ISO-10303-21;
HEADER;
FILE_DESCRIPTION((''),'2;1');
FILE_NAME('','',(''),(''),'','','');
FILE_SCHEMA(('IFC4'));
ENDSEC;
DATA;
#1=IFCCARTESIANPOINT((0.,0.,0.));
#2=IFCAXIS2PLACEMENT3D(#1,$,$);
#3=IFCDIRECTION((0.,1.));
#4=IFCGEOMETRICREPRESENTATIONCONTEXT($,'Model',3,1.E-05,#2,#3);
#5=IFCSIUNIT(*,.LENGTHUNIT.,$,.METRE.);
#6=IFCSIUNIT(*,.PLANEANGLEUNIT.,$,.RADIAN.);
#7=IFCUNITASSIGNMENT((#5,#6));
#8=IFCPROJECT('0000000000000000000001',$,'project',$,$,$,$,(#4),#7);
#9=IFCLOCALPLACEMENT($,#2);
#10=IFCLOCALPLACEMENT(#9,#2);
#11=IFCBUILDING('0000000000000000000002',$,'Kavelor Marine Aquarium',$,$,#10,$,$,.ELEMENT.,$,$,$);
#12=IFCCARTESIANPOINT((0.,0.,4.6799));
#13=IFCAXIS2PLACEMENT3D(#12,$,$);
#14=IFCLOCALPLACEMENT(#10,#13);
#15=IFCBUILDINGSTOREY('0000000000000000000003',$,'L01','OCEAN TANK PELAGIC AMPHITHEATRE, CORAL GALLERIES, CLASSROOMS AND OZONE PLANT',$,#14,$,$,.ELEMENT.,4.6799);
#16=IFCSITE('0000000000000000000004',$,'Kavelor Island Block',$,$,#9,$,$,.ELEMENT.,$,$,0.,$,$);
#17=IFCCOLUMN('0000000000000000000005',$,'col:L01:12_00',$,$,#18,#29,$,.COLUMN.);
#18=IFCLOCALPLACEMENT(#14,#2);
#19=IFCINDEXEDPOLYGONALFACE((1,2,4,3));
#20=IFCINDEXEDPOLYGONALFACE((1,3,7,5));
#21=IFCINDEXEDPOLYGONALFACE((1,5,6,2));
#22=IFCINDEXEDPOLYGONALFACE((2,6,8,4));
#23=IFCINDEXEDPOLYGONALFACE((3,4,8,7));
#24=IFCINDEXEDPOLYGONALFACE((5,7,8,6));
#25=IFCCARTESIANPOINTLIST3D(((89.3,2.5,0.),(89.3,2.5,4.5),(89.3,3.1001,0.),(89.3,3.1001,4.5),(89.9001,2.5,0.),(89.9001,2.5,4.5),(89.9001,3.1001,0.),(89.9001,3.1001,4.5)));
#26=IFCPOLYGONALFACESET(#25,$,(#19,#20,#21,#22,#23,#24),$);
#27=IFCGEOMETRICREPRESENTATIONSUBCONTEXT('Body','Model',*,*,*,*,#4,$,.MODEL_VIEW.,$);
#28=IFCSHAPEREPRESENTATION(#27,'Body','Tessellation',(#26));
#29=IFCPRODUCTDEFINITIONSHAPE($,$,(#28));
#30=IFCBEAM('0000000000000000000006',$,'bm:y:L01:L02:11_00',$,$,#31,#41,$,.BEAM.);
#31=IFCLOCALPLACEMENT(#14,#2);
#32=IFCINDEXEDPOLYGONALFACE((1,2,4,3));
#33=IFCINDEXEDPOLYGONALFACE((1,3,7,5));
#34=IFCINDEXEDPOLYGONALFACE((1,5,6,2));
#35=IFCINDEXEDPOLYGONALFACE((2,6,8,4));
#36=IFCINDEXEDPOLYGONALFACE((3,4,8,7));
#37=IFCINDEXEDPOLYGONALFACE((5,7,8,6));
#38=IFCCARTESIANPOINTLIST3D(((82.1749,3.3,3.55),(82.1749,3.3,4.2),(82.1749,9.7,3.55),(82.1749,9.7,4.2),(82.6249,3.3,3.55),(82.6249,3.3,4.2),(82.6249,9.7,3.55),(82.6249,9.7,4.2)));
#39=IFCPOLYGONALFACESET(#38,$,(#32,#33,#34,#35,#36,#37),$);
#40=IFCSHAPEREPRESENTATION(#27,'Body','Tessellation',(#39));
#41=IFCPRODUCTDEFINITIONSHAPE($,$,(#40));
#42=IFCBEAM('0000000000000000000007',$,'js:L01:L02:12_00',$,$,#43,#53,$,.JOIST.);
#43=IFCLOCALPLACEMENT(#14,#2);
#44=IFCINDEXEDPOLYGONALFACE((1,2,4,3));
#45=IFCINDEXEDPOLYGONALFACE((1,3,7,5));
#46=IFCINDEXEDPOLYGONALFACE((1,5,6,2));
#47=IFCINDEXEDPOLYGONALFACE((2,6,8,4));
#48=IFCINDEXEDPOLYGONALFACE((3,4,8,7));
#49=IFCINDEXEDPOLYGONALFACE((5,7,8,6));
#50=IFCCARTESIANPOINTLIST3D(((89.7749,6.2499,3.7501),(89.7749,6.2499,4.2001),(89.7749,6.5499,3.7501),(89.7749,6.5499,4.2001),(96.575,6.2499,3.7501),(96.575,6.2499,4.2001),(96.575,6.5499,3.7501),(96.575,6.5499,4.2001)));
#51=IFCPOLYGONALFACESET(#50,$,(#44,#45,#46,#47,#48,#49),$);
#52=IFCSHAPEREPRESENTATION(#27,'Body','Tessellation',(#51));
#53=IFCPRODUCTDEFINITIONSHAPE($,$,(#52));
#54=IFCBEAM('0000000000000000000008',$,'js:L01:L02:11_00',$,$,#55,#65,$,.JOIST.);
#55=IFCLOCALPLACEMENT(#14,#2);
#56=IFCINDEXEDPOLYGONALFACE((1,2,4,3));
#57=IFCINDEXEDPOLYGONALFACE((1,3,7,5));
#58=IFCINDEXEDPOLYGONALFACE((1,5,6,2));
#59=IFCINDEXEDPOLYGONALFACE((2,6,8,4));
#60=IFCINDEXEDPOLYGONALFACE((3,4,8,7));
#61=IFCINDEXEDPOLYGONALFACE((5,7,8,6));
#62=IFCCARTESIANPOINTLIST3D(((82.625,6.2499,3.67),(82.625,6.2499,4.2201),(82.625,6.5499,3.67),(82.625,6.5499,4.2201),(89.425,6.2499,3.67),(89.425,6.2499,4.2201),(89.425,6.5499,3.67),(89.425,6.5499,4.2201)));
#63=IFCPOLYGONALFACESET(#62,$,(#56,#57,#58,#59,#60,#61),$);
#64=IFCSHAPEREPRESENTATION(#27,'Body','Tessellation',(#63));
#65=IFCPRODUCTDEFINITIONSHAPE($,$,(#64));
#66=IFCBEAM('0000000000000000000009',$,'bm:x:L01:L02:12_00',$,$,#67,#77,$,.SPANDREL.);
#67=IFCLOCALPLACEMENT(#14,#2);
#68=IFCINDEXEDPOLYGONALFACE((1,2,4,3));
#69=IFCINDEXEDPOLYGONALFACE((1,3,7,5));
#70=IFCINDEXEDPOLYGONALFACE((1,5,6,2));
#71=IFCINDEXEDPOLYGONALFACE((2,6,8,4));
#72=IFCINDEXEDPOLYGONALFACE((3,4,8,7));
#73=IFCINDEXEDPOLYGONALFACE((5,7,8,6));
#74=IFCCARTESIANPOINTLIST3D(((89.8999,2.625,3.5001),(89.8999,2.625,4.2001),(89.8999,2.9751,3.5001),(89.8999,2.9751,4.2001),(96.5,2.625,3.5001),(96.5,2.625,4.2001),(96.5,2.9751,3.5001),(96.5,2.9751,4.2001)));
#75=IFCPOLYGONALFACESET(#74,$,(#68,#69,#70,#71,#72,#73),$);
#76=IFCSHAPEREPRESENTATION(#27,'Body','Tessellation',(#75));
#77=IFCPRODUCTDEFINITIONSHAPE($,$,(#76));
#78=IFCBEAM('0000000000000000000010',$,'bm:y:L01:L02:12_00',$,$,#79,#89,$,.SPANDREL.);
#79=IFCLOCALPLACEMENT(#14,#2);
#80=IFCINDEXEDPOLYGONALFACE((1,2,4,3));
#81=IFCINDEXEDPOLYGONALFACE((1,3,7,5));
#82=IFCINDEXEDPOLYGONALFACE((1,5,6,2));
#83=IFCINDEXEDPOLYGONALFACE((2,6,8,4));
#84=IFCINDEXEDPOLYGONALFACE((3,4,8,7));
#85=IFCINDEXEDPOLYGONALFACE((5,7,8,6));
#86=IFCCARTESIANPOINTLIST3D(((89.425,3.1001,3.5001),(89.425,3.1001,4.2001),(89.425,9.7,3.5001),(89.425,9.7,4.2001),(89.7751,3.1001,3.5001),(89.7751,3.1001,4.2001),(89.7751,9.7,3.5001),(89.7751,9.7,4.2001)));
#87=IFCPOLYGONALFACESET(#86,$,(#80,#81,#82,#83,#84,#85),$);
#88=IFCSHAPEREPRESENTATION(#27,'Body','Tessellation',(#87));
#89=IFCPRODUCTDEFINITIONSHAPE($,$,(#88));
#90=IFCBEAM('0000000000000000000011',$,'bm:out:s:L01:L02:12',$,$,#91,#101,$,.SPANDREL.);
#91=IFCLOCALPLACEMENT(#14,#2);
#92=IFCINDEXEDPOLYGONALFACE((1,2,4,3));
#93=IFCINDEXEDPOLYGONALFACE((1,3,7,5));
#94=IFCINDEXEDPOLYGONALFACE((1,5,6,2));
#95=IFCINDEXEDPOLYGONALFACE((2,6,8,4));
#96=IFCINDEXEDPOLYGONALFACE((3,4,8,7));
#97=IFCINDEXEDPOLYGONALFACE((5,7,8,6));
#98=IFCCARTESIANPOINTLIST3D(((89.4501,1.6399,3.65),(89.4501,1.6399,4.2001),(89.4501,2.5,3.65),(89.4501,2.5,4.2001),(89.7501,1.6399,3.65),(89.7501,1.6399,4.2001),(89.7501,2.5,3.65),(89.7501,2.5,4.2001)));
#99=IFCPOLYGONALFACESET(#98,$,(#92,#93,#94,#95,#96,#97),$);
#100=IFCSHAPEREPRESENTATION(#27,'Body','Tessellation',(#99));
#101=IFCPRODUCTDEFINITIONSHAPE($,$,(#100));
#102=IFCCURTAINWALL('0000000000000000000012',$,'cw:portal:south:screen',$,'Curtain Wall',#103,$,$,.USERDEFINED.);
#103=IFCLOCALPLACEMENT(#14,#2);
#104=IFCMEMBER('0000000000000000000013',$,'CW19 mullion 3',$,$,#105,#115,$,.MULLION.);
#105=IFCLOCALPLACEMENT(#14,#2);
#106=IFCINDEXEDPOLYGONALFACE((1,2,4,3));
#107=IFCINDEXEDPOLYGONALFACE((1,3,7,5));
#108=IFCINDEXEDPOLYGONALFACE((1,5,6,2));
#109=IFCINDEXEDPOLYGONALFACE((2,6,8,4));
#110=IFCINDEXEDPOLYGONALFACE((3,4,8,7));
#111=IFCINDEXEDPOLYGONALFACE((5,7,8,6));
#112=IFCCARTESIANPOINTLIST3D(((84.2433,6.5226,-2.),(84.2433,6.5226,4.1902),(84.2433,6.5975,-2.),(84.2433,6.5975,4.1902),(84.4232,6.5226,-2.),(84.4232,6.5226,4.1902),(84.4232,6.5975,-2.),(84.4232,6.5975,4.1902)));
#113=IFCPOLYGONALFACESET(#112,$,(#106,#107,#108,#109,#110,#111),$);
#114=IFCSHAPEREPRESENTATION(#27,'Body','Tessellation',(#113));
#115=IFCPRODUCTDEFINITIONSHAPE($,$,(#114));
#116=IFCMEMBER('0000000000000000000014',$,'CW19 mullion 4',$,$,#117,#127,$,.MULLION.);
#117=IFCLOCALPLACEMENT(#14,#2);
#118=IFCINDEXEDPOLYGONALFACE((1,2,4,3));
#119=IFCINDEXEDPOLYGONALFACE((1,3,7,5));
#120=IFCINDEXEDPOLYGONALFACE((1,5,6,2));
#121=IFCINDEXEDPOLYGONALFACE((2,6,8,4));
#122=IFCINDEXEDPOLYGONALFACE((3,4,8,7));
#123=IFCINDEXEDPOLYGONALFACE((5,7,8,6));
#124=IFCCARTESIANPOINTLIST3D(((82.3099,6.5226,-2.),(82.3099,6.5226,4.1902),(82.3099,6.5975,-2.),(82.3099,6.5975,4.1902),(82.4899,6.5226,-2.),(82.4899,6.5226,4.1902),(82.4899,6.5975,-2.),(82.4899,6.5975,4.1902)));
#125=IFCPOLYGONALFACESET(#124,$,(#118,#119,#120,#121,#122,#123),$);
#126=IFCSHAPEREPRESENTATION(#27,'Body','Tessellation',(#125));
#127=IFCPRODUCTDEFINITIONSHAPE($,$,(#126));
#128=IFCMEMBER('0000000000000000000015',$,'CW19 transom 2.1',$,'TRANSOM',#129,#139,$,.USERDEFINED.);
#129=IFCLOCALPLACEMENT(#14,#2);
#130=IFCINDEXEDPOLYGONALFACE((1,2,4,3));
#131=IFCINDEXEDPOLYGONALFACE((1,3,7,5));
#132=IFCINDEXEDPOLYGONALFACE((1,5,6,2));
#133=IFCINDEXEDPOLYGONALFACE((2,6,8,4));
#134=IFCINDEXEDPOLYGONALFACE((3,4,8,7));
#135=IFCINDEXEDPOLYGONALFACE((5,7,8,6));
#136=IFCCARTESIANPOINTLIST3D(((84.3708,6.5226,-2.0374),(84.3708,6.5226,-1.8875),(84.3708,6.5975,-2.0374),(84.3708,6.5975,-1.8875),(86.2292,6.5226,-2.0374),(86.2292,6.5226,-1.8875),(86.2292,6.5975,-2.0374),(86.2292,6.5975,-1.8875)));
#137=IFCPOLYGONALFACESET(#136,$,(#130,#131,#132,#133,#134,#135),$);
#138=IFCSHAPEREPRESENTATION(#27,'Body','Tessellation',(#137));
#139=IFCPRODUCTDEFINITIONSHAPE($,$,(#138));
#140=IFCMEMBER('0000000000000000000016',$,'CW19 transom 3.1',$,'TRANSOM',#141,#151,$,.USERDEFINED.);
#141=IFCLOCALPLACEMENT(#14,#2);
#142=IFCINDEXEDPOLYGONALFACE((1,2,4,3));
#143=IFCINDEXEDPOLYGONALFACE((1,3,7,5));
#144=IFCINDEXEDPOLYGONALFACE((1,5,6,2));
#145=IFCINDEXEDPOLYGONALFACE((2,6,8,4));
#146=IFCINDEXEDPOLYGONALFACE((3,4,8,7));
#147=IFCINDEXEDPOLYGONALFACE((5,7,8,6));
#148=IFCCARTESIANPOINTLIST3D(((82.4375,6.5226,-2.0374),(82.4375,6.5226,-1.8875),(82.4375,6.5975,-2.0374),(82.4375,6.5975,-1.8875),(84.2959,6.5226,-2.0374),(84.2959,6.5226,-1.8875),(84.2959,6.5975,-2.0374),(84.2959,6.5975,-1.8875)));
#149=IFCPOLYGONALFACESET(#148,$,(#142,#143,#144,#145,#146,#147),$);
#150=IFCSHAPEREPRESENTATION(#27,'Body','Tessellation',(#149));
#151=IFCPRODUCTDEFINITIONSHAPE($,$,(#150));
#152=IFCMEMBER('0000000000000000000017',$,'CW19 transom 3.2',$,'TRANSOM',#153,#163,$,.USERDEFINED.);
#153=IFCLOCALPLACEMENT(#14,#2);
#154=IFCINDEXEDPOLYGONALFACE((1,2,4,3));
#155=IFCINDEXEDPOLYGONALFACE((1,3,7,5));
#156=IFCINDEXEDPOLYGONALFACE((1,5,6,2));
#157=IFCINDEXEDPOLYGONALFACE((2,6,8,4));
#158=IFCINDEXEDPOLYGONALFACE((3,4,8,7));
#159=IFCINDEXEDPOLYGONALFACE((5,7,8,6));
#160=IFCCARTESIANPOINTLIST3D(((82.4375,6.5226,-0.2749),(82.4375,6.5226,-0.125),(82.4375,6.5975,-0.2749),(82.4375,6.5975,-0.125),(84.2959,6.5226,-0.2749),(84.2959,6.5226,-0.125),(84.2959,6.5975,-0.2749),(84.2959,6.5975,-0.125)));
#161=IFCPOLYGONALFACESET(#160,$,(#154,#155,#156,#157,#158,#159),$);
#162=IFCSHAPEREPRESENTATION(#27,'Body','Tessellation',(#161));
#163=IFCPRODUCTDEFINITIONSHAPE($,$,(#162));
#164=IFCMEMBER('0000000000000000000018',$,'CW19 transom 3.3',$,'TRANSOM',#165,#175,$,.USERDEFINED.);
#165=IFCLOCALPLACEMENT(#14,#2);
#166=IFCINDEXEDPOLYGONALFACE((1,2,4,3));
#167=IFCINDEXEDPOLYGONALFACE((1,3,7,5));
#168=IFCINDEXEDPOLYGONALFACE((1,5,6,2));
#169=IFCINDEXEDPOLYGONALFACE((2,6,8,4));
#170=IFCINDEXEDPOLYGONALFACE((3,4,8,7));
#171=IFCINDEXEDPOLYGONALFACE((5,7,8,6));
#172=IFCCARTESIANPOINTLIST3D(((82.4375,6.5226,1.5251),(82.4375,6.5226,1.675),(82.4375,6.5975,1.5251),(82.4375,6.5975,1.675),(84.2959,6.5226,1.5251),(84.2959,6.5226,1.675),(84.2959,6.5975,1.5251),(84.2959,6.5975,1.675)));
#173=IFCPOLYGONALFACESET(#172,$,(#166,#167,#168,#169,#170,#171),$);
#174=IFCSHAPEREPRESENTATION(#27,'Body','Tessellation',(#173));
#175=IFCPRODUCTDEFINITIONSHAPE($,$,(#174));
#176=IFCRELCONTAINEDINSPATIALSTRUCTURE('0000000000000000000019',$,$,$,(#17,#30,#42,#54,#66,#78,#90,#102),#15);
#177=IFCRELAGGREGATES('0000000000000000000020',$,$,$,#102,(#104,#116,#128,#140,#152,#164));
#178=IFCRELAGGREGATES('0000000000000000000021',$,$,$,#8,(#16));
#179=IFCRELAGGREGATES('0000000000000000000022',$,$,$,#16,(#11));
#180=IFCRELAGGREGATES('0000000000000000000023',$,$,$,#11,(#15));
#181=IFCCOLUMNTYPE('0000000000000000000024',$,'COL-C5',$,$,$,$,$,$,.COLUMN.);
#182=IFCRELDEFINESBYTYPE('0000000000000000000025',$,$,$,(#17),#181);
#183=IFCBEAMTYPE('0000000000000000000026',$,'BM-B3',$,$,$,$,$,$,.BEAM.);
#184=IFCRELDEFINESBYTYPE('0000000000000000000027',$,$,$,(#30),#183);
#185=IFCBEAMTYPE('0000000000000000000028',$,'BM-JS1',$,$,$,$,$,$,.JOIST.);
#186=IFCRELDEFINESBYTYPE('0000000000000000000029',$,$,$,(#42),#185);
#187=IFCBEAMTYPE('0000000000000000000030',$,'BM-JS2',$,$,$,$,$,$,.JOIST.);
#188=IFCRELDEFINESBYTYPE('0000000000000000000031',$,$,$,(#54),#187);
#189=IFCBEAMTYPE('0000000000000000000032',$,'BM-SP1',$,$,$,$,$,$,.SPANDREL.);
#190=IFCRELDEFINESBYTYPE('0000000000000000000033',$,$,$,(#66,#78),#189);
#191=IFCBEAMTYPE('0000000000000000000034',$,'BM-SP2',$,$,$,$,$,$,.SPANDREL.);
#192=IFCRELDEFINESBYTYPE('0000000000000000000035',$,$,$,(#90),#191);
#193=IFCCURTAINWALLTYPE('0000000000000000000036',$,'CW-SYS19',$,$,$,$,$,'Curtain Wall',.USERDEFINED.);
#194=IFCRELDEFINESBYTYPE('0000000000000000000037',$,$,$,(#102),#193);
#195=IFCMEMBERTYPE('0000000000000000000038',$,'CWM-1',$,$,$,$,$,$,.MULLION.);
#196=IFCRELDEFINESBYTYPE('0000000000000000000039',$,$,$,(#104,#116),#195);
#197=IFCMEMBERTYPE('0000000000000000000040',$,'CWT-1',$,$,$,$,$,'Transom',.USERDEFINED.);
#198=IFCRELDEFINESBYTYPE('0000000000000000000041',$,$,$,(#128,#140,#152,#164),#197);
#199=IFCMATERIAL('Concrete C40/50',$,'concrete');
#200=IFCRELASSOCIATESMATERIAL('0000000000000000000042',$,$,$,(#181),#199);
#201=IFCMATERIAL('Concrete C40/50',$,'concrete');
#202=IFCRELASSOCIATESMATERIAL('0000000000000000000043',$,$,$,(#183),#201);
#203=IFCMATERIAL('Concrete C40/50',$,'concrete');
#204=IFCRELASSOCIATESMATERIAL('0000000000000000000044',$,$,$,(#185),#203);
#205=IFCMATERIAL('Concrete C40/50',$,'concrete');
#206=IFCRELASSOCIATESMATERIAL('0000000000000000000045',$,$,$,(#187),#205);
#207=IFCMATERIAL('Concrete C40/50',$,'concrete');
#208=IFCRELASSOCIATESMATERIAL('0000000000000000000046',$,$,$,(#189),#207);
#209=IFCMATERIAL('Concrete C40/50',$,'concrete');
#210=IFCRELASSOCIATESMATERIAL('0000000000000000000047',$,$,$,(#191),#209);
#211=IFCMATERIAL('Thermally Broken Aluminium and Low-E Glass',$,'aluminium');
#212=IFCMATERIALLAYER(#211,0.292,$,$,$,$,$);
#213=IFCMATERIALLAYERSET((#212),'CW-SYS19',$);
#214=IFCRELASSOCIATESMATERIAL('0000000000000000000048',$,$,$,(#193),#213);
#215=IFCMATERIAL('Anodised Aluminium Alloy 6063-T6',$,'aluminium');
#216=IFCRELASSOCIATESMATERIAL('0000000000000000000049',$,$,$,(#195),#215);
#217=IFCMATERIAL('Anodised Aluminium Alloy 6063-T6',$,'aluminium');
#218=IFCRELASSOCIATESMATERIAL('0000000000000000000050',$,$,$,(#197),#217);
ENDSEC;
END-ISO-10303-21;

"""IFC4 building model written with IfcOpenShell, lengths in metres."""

from ifc_helpers import new_model, si_unit, direction, frame, origin, origin_2d, place, context, subcontext, project, spatial, rectangle, extrude, material, layer, layer_set, material_profile, profile_set, type_object, element, aggregate, save


model = new_model("IFC4")

# Units and contexts
model_context = context("Model", 3, precision=1e-05, world=origin(), true_north=direction((0.0, 1.0)))
body_context = subcontext(model_context, "Body", "Model", "MODEL_VIEW")
ifc_project = project(units=[si_unit("LENGTHUNIT", "METRE"), si_unit("PLANEANGLEUNIT", "RADIAN")], contexts=[model_context])

# Site, building, storey
site_placement = place(None, origin())
site = spatial("IfcSite", under=ifc_project, at=site_placement, Name="Kavelor Island Block", CompositionType="ELEMENT", RefElevation=0.0)
building_placement = place(site_placement, origin())
building = spatial("IfcBuilding", under=site, at=building_placement, Name="Kavelor Marine Aquarium", CompositionType="ELEMENT")
storey_placement = place(building_placement, frame((0.0, 0.0, 4.6799)))
storey = spatial("IfcBuildingStorey", under=building, at=storey_placement, Name="L01", Description="OCEAN TANK PELAGIC AMPHITHEATRE, CORAL GALLERIES, CLASSROOMS AND OZONE PLANT", CompositionType="ELEMENT", Elevation=4.6799)

# Column
ifc_material_1 = material(Name="Concrete C40/50", Category="concrete")
ifc_material_profile_1 = material_profile(ifc_material_1, rectangle(XDim=0.6001, YDim=0.6001, at=origin_2d()), Name="RC-COL 600x600")
ifc_profile_set_1 = profile_set([ifc_material_profile_1], Name="Concrete C40/50")
column_type = type_object("IfcColumnType", Name="COL-C5", PredefinedType="COLUMN", material=ifc_profile_set_1)
column_placement = place(storey_placement, frame((89.6001, 2.8, 0.0), z_axis=(0.0, 0.0, 1.0), x_axis=(1.0, 0.0, 0.0)))
element("IfcColumn", 1, at=column_placement, inside=storey, type_object=column_type, Name="col:L01:12_00", PredefinedType="COLUMN", context=body_context, shape_type="SweptSolid", body=[
    extrude(rectangle(XDim=0.6001, YDim=0.6001, at=origin_2d()), origin(), (0.0, 0.0, 1.0), 4.5),
])

# Beams
ifc_material_2 = material(Name="Concrete C40/50", Category="concrete")
ifc_material_profile_2 = material_profile(ifc_material_2, rectangle(XDim=0.45, YDim=0.6499, at=origin_2d()), Name="RC-BM 450x650")
ifc_profile_set_2 = profile_set([ifc_material_profile_2], Name="Concrete C40/50")
beam_type_1 = type_object("IfcBeamType", Name="BM-B3", PredefinedType="BEAM", material=ifc_profile_set_2)
beam_1_placement = place(storey_placement, frame((82.3999, 3.3, 3.875), z_axis=(0.0, 1.0, 0.0), x_axis=(-1.0, 0.0, 0.0)))
element("IfcBeam", 2, at=beam_1_placement, inside=storey, type_object=beam_type_1, Name="bm:y:L01:L02:11_00", PredefinedType="BEAM", context=body_context, shape_type="SweptSolid", body=[
    extrude(rectangle(XDim=0.45, YDim=0.6499, at=origin_2d()), origin(), (0.0, 0.0, 1.0), 6.3999),
])
ifc_material_3 = material(Name="Concrete C40/50", Category="concrete")
ifc_material_profile_3 = material_profile(ifc_material_3, rectangle(XDim=0.3, YDim=0.45, at=origin_2d()), Name="RC-JS 300x450")
ifc_profile_set_3 = profile_set([ifc_material_profile_3], Name="Concrete C40/50")
beam_type_2 = type_object("IfcBeamType", Name="BM-JS1", PredefinedType="JOIST", material=ifc_profile_set_3)
beam_2_placement = place(storey_placement, frame((89.7749, 6.3999, 3.9751), z_axis=(1.0, 0.0, 0.0), x_axis=(0.0, 1.0, 0.0)))
element("IfcBeam", 3, at=beam_2_placement, inside=storey, type_object=beam_type_2, Name="js:L01:L02:12_00", PredefinedType="JOIST", context=body_context, shape_type="SweptSolid", body=[
    extrude(rectangle(XDim=0.3, YDim=0.45, at=origin_2d()), origin(), (0.0, 0.0, 1.0), 6.8),
])
ifc_material_4 = material(Name="Concrete C40/50", Category="concrete")
ifc_material_profile_4 = material_profile(ifc_material_4, rectangle(XDim=0.3, YDim=0.55, at=origin_2d()), Name="RC-JS 300x550")
ifc_profile_set_4 = profile_set([ifc_material_profile_4], Name="Concrete C40/50")
beam_type_3 = type_object("IfcBeamType", Name="BM-JS2", PredefinedType="JOIST", material=ifc_profile_set_4)
beam_3_placement = place(storey_placement, frame((82.625, 6.3999, 3.9451), z_axis=(1.0, 0.0, 0.0), x_axis=(0.0, 1.0, 0.0)))
element("IfcBeam", 4, at=beam_3_placement, inside=storey, type_object=beam_type_3, Name="js:L01:L02:11_00", PredefinedType="JOIST", context=body_context, shape_type="SweptSolid", body=[
    extrude(rectangle(XDim=0.3, YDim=0.55, at=origin_2d()), origin(), (0.0, 0.0, 1.0), 6.8),
])
ifc_material_5 = material(Name="Concrete C40/50", Category="concrete")
ifc_material_profile_5 = material_profile(ifc_material_5, rectangle(XDim=0.3501, YDim=0.7, at=origin_2d()), Name="RC-SP 350x700")
ifc_profile_set_5 = profile_set([ifc_material_profile_5], Name="Concrete C40/50")
beam_type_4 = type_object("IfcBeamType", Name="BM-SP1", PredefinedType="SPANDREL", material=ifc_profile_set_5)
beam_4_placement = place(storey_placement, frame((89.8999, 2.8, 3.8501), z_axis=(1.0, 0.0, 0.0), x_axis=(0.0, 1.0, 0.0)))
element("IfcBeam", 5, at=beam_4_placement, inside=storey, type_object=beam_type_4, Name="bm:x:L01:L02:12_00", PredefinedType="SPANDREL", context=body_context, shape_type="SweptSolid", body=[
    extrude(rectangle(XDim=0.3501, YDim=0.7, at=origin_2d()), origin(), (0.0, 0.0, 1.0), 6.6001),
])
beam_5_placement = place(storey_placement, frame((89.6001, 3.1001, 3.8501), z_axis=(0.0, 1.0, 0.0), x_axis=(-1.0, 0.0, 0.0)))
element("IfcBeam", 6, at=beam_5_placement, inside=storey, type_object=beam_type_4, Name="bm:y:L01:L02:12_00", PredefinedType="SPANDREL", context=body_context, shape_type="SweptSolid", body=[
    extrude(rectangle(XDim=0.3501, YDim=0.7, at=origin_2d()), origin(), (0.0, 0.0, 1.0), 6.5999),
])
ifc_material_6 = material(Name="Concrete C40/50", Category="concrete")
ifc_material_profile_6 = material_profile(ifc_material_6, rectangle(XDim=0.3, YDim=0.55, at=origin_2d()), Name="RC-SP 300x550")
ifc_profile_set_6 = profile_set([ifc_material_profile_6], Name="Concrete C40/50")
beam_type_5 = type_object("IfcBeamType", Name="BM-SP2", PredefinedType="SPANDREL", material=ifc_profile_set_6)
beam_6_placement = place(storey_placement, frame((89.6001, 1.6399, 3.925), z_axis=(0.0, 1.0, 0.0), x_axis=(-1.0, 0.0, 0.0)))
element("IfcBeam", 7, at=beam_6_placement, inside=storey, type_object=beam_type_5, Name="bm:out:s:L01:L02:12", PredefinedType="SPANDREL", context=body_context, shape_type="SweptSolid", body=[
    extrude(rectangle(XDim=0.3, YDim=0.55, at=origin_2d()), origin(), (0.0, 0.0, 1.0), 0.8601),
])

# Curtain wall, members
ifc_material_7 = material(Name="Thermally Broken Aluminium and Low-E Glass", Category="aluminium")
ifc_layer_1 = layer(ifc_material_7, 0.292)
ifc_layer_set_1 = layer_set([ifc_layer_1], Name="CW-SYS19")
curtain_wall_type = type_object("IfcCurtainWallType", Name="CW-SYS19", ElementType="Curtain Wall", PredefinedType="USERDEFINED", material=ifc_layer_set_1)
curtain_wall_placement = place(storey_placement, origin())
curtain_wall = element("IfcCurtainWall", 8, at=curtain_wall_placement, inside=storey, type_object=curtain_wall_type, Name="cw:portal:south:screen", ObjectType="Curtain Wall", PredefinedType="USERDEFINED")
ifc_material_8 = material(Name="Anodised Aluminium Alloy 6063-T6", Category="aluminium")
ifc_material_profile_7 = material_profile(ifc_material_8, rectangle(XDim=0.075, YDim=0.1799, at=origin_2d()), Name="CW-MUL 75x180")
ifc_profile_set_7 = profile_set([ifc_material_profile_7], Name="Anodised Aluminium Alloy 6063-T6")
member_type_1 = type_object("IfcMemberType", Name="CWM-1", PredefinedType="MULLION", material=ifc_profile_set_7)
member_1_placement = place(storey_placement, frame((84.3333, 6.5601, -2.0), z_axis=(0.0, 0.0, 1.0), x_axis=(0.0, -1.0, 0.0)))
member_1 = element("IfcMember", 9, at=member_1_placement, type_object=member_type_1, Name="CW19 mullion 3", PredefinedType="MULLION", context=body_context, shape_type="SweptSolid", body=[
    extrude(rectangle(XDim=0.075, YDim=0.1799, at=origin_2d()), origin(), (0.0, 0.0, 1.0), 6.1902),
])
member_2_placement = place(storey_placement, frame((82.3999, 6.5601, -2.0), z_axis=(0.0, 0.0, 1.0), x_axis=(0.0, -1.0, 0.0)))
member_2 = element("IfcMember", 10, at=member_2_placement, type_object=member_type_1, Name="CW19 mullion 4", PredefinedType="MULLION", context=body_context, shape_type="SweptSolid", body=[
    extrude(rectangle(XDim=0.075, YDim=0.1799, at=origin_2d()), origin(), (0.0, 0.0, 1.0), 6.1902),
])
ifc_material_9 = material(Name="Anodised Aluminium Alloy 6063-T6", Category="aluminium")
ifc_material_profile_8 = material_profile(ifc_material_9, rectangle(XDim=0.075, YDim=0.1499, at=origin_2d()), Name="CW-TRN 75x150")
ifc_profile_set_8 = profile_set([ifc_material_profile_8], Name="Anodised Aluminium Alloy 6063-T6")
member_type_2 = type_object("IfcMemberType", Name="CWT-1", ElementType="Transom", PredefinedType="USERDEFINED", material=ifc_profile_set_8)
member_3_placement = place(storey_placement, frame((86.2292, 6.5601, -1.9624), z_axis=(-1.0, 0.0, 0.0), x_axis=(0.0, -1.0, 0.0)))
member_3 = element("IfcMember", 11, at=member_3_placement, type_object=member_type_2, Name="CW19 transom 2.1", ObjectType="TRANSOM", PredefinedType="USERDEFINED", context=body_context, shape_type="SweptSolid", body=[
    extrude(rectangle(XDim=0.075, YDim=0.1499, at=origin_2d()), origin(), (0.0, 0.0, 1.0), 1.8584),
])
member_4_placement = place(storey_placement, frame((84.2959, 6.5601, -1.9624), z_axis=(-1.0, 0.0, 0.0), x_axis=(0.0, -1.0, 0.0)))
member_4 = element("IfcMember", 12, at=member_4_placement, type_object=member_type_2, Name="CW19 transom 3.1", ObjectType="TRANSOM", PredefinedType="USERDEFINED", context=body_context, shape_type="SweptSolid", body=[
    extrude(rectangle(XDim=0.075, YDim=0.1499, at=origin_2d()), origin(), (0.0, 0.0, 1.0), 1.8584),
])
member_5_placement = place(storey_placement, frame((84.2959, 6.5601, -0.2), z_axis=(-1.0, 0.0, 0.0), x_axis=(0.0, -1.0, 0.0)))
member_5 = element("IfcMember", 13, at=member_5_placement, type_object=member_type_2, Name="CW19 transom 3.2", ObjectType="TRANSOM", PredefinedType="USERDEFINED", context=body_context, shape_type="SweptSolid", body=[
    extrude(rectangle(XDim=0.075, YDim=0.1499, at=origin_2d()), origin(), (0.0, 0.0, 1.0), 1.8584),
])
member_6_placement = place(storey_placement, frame((84.2959, 6.5601, 1.6001), z_axis=(-1.0, 0.0, 0.0), x_axis=(0.0, -1.0, 0.0)))
member_6 = element("IfcMember", 14, at=member_6_placement, type_object=member_type_2, Name="CW19 transom 3.3", ObjectType="TRANSOM", PredefinedType="USERDEFINED", context=body_context, shape_type="SweptSolid", body=[
    extrude(rectangle(XDim=0.075, YDim=0.1499, at=origin_2d()), origin(), (0.0, 0.0, 1.0), 1.8584),
])
aggregate(curtain_wall, [member_1, member_2, member_3, member_4, member_5, member_6])

save(model, "model.ifc")
